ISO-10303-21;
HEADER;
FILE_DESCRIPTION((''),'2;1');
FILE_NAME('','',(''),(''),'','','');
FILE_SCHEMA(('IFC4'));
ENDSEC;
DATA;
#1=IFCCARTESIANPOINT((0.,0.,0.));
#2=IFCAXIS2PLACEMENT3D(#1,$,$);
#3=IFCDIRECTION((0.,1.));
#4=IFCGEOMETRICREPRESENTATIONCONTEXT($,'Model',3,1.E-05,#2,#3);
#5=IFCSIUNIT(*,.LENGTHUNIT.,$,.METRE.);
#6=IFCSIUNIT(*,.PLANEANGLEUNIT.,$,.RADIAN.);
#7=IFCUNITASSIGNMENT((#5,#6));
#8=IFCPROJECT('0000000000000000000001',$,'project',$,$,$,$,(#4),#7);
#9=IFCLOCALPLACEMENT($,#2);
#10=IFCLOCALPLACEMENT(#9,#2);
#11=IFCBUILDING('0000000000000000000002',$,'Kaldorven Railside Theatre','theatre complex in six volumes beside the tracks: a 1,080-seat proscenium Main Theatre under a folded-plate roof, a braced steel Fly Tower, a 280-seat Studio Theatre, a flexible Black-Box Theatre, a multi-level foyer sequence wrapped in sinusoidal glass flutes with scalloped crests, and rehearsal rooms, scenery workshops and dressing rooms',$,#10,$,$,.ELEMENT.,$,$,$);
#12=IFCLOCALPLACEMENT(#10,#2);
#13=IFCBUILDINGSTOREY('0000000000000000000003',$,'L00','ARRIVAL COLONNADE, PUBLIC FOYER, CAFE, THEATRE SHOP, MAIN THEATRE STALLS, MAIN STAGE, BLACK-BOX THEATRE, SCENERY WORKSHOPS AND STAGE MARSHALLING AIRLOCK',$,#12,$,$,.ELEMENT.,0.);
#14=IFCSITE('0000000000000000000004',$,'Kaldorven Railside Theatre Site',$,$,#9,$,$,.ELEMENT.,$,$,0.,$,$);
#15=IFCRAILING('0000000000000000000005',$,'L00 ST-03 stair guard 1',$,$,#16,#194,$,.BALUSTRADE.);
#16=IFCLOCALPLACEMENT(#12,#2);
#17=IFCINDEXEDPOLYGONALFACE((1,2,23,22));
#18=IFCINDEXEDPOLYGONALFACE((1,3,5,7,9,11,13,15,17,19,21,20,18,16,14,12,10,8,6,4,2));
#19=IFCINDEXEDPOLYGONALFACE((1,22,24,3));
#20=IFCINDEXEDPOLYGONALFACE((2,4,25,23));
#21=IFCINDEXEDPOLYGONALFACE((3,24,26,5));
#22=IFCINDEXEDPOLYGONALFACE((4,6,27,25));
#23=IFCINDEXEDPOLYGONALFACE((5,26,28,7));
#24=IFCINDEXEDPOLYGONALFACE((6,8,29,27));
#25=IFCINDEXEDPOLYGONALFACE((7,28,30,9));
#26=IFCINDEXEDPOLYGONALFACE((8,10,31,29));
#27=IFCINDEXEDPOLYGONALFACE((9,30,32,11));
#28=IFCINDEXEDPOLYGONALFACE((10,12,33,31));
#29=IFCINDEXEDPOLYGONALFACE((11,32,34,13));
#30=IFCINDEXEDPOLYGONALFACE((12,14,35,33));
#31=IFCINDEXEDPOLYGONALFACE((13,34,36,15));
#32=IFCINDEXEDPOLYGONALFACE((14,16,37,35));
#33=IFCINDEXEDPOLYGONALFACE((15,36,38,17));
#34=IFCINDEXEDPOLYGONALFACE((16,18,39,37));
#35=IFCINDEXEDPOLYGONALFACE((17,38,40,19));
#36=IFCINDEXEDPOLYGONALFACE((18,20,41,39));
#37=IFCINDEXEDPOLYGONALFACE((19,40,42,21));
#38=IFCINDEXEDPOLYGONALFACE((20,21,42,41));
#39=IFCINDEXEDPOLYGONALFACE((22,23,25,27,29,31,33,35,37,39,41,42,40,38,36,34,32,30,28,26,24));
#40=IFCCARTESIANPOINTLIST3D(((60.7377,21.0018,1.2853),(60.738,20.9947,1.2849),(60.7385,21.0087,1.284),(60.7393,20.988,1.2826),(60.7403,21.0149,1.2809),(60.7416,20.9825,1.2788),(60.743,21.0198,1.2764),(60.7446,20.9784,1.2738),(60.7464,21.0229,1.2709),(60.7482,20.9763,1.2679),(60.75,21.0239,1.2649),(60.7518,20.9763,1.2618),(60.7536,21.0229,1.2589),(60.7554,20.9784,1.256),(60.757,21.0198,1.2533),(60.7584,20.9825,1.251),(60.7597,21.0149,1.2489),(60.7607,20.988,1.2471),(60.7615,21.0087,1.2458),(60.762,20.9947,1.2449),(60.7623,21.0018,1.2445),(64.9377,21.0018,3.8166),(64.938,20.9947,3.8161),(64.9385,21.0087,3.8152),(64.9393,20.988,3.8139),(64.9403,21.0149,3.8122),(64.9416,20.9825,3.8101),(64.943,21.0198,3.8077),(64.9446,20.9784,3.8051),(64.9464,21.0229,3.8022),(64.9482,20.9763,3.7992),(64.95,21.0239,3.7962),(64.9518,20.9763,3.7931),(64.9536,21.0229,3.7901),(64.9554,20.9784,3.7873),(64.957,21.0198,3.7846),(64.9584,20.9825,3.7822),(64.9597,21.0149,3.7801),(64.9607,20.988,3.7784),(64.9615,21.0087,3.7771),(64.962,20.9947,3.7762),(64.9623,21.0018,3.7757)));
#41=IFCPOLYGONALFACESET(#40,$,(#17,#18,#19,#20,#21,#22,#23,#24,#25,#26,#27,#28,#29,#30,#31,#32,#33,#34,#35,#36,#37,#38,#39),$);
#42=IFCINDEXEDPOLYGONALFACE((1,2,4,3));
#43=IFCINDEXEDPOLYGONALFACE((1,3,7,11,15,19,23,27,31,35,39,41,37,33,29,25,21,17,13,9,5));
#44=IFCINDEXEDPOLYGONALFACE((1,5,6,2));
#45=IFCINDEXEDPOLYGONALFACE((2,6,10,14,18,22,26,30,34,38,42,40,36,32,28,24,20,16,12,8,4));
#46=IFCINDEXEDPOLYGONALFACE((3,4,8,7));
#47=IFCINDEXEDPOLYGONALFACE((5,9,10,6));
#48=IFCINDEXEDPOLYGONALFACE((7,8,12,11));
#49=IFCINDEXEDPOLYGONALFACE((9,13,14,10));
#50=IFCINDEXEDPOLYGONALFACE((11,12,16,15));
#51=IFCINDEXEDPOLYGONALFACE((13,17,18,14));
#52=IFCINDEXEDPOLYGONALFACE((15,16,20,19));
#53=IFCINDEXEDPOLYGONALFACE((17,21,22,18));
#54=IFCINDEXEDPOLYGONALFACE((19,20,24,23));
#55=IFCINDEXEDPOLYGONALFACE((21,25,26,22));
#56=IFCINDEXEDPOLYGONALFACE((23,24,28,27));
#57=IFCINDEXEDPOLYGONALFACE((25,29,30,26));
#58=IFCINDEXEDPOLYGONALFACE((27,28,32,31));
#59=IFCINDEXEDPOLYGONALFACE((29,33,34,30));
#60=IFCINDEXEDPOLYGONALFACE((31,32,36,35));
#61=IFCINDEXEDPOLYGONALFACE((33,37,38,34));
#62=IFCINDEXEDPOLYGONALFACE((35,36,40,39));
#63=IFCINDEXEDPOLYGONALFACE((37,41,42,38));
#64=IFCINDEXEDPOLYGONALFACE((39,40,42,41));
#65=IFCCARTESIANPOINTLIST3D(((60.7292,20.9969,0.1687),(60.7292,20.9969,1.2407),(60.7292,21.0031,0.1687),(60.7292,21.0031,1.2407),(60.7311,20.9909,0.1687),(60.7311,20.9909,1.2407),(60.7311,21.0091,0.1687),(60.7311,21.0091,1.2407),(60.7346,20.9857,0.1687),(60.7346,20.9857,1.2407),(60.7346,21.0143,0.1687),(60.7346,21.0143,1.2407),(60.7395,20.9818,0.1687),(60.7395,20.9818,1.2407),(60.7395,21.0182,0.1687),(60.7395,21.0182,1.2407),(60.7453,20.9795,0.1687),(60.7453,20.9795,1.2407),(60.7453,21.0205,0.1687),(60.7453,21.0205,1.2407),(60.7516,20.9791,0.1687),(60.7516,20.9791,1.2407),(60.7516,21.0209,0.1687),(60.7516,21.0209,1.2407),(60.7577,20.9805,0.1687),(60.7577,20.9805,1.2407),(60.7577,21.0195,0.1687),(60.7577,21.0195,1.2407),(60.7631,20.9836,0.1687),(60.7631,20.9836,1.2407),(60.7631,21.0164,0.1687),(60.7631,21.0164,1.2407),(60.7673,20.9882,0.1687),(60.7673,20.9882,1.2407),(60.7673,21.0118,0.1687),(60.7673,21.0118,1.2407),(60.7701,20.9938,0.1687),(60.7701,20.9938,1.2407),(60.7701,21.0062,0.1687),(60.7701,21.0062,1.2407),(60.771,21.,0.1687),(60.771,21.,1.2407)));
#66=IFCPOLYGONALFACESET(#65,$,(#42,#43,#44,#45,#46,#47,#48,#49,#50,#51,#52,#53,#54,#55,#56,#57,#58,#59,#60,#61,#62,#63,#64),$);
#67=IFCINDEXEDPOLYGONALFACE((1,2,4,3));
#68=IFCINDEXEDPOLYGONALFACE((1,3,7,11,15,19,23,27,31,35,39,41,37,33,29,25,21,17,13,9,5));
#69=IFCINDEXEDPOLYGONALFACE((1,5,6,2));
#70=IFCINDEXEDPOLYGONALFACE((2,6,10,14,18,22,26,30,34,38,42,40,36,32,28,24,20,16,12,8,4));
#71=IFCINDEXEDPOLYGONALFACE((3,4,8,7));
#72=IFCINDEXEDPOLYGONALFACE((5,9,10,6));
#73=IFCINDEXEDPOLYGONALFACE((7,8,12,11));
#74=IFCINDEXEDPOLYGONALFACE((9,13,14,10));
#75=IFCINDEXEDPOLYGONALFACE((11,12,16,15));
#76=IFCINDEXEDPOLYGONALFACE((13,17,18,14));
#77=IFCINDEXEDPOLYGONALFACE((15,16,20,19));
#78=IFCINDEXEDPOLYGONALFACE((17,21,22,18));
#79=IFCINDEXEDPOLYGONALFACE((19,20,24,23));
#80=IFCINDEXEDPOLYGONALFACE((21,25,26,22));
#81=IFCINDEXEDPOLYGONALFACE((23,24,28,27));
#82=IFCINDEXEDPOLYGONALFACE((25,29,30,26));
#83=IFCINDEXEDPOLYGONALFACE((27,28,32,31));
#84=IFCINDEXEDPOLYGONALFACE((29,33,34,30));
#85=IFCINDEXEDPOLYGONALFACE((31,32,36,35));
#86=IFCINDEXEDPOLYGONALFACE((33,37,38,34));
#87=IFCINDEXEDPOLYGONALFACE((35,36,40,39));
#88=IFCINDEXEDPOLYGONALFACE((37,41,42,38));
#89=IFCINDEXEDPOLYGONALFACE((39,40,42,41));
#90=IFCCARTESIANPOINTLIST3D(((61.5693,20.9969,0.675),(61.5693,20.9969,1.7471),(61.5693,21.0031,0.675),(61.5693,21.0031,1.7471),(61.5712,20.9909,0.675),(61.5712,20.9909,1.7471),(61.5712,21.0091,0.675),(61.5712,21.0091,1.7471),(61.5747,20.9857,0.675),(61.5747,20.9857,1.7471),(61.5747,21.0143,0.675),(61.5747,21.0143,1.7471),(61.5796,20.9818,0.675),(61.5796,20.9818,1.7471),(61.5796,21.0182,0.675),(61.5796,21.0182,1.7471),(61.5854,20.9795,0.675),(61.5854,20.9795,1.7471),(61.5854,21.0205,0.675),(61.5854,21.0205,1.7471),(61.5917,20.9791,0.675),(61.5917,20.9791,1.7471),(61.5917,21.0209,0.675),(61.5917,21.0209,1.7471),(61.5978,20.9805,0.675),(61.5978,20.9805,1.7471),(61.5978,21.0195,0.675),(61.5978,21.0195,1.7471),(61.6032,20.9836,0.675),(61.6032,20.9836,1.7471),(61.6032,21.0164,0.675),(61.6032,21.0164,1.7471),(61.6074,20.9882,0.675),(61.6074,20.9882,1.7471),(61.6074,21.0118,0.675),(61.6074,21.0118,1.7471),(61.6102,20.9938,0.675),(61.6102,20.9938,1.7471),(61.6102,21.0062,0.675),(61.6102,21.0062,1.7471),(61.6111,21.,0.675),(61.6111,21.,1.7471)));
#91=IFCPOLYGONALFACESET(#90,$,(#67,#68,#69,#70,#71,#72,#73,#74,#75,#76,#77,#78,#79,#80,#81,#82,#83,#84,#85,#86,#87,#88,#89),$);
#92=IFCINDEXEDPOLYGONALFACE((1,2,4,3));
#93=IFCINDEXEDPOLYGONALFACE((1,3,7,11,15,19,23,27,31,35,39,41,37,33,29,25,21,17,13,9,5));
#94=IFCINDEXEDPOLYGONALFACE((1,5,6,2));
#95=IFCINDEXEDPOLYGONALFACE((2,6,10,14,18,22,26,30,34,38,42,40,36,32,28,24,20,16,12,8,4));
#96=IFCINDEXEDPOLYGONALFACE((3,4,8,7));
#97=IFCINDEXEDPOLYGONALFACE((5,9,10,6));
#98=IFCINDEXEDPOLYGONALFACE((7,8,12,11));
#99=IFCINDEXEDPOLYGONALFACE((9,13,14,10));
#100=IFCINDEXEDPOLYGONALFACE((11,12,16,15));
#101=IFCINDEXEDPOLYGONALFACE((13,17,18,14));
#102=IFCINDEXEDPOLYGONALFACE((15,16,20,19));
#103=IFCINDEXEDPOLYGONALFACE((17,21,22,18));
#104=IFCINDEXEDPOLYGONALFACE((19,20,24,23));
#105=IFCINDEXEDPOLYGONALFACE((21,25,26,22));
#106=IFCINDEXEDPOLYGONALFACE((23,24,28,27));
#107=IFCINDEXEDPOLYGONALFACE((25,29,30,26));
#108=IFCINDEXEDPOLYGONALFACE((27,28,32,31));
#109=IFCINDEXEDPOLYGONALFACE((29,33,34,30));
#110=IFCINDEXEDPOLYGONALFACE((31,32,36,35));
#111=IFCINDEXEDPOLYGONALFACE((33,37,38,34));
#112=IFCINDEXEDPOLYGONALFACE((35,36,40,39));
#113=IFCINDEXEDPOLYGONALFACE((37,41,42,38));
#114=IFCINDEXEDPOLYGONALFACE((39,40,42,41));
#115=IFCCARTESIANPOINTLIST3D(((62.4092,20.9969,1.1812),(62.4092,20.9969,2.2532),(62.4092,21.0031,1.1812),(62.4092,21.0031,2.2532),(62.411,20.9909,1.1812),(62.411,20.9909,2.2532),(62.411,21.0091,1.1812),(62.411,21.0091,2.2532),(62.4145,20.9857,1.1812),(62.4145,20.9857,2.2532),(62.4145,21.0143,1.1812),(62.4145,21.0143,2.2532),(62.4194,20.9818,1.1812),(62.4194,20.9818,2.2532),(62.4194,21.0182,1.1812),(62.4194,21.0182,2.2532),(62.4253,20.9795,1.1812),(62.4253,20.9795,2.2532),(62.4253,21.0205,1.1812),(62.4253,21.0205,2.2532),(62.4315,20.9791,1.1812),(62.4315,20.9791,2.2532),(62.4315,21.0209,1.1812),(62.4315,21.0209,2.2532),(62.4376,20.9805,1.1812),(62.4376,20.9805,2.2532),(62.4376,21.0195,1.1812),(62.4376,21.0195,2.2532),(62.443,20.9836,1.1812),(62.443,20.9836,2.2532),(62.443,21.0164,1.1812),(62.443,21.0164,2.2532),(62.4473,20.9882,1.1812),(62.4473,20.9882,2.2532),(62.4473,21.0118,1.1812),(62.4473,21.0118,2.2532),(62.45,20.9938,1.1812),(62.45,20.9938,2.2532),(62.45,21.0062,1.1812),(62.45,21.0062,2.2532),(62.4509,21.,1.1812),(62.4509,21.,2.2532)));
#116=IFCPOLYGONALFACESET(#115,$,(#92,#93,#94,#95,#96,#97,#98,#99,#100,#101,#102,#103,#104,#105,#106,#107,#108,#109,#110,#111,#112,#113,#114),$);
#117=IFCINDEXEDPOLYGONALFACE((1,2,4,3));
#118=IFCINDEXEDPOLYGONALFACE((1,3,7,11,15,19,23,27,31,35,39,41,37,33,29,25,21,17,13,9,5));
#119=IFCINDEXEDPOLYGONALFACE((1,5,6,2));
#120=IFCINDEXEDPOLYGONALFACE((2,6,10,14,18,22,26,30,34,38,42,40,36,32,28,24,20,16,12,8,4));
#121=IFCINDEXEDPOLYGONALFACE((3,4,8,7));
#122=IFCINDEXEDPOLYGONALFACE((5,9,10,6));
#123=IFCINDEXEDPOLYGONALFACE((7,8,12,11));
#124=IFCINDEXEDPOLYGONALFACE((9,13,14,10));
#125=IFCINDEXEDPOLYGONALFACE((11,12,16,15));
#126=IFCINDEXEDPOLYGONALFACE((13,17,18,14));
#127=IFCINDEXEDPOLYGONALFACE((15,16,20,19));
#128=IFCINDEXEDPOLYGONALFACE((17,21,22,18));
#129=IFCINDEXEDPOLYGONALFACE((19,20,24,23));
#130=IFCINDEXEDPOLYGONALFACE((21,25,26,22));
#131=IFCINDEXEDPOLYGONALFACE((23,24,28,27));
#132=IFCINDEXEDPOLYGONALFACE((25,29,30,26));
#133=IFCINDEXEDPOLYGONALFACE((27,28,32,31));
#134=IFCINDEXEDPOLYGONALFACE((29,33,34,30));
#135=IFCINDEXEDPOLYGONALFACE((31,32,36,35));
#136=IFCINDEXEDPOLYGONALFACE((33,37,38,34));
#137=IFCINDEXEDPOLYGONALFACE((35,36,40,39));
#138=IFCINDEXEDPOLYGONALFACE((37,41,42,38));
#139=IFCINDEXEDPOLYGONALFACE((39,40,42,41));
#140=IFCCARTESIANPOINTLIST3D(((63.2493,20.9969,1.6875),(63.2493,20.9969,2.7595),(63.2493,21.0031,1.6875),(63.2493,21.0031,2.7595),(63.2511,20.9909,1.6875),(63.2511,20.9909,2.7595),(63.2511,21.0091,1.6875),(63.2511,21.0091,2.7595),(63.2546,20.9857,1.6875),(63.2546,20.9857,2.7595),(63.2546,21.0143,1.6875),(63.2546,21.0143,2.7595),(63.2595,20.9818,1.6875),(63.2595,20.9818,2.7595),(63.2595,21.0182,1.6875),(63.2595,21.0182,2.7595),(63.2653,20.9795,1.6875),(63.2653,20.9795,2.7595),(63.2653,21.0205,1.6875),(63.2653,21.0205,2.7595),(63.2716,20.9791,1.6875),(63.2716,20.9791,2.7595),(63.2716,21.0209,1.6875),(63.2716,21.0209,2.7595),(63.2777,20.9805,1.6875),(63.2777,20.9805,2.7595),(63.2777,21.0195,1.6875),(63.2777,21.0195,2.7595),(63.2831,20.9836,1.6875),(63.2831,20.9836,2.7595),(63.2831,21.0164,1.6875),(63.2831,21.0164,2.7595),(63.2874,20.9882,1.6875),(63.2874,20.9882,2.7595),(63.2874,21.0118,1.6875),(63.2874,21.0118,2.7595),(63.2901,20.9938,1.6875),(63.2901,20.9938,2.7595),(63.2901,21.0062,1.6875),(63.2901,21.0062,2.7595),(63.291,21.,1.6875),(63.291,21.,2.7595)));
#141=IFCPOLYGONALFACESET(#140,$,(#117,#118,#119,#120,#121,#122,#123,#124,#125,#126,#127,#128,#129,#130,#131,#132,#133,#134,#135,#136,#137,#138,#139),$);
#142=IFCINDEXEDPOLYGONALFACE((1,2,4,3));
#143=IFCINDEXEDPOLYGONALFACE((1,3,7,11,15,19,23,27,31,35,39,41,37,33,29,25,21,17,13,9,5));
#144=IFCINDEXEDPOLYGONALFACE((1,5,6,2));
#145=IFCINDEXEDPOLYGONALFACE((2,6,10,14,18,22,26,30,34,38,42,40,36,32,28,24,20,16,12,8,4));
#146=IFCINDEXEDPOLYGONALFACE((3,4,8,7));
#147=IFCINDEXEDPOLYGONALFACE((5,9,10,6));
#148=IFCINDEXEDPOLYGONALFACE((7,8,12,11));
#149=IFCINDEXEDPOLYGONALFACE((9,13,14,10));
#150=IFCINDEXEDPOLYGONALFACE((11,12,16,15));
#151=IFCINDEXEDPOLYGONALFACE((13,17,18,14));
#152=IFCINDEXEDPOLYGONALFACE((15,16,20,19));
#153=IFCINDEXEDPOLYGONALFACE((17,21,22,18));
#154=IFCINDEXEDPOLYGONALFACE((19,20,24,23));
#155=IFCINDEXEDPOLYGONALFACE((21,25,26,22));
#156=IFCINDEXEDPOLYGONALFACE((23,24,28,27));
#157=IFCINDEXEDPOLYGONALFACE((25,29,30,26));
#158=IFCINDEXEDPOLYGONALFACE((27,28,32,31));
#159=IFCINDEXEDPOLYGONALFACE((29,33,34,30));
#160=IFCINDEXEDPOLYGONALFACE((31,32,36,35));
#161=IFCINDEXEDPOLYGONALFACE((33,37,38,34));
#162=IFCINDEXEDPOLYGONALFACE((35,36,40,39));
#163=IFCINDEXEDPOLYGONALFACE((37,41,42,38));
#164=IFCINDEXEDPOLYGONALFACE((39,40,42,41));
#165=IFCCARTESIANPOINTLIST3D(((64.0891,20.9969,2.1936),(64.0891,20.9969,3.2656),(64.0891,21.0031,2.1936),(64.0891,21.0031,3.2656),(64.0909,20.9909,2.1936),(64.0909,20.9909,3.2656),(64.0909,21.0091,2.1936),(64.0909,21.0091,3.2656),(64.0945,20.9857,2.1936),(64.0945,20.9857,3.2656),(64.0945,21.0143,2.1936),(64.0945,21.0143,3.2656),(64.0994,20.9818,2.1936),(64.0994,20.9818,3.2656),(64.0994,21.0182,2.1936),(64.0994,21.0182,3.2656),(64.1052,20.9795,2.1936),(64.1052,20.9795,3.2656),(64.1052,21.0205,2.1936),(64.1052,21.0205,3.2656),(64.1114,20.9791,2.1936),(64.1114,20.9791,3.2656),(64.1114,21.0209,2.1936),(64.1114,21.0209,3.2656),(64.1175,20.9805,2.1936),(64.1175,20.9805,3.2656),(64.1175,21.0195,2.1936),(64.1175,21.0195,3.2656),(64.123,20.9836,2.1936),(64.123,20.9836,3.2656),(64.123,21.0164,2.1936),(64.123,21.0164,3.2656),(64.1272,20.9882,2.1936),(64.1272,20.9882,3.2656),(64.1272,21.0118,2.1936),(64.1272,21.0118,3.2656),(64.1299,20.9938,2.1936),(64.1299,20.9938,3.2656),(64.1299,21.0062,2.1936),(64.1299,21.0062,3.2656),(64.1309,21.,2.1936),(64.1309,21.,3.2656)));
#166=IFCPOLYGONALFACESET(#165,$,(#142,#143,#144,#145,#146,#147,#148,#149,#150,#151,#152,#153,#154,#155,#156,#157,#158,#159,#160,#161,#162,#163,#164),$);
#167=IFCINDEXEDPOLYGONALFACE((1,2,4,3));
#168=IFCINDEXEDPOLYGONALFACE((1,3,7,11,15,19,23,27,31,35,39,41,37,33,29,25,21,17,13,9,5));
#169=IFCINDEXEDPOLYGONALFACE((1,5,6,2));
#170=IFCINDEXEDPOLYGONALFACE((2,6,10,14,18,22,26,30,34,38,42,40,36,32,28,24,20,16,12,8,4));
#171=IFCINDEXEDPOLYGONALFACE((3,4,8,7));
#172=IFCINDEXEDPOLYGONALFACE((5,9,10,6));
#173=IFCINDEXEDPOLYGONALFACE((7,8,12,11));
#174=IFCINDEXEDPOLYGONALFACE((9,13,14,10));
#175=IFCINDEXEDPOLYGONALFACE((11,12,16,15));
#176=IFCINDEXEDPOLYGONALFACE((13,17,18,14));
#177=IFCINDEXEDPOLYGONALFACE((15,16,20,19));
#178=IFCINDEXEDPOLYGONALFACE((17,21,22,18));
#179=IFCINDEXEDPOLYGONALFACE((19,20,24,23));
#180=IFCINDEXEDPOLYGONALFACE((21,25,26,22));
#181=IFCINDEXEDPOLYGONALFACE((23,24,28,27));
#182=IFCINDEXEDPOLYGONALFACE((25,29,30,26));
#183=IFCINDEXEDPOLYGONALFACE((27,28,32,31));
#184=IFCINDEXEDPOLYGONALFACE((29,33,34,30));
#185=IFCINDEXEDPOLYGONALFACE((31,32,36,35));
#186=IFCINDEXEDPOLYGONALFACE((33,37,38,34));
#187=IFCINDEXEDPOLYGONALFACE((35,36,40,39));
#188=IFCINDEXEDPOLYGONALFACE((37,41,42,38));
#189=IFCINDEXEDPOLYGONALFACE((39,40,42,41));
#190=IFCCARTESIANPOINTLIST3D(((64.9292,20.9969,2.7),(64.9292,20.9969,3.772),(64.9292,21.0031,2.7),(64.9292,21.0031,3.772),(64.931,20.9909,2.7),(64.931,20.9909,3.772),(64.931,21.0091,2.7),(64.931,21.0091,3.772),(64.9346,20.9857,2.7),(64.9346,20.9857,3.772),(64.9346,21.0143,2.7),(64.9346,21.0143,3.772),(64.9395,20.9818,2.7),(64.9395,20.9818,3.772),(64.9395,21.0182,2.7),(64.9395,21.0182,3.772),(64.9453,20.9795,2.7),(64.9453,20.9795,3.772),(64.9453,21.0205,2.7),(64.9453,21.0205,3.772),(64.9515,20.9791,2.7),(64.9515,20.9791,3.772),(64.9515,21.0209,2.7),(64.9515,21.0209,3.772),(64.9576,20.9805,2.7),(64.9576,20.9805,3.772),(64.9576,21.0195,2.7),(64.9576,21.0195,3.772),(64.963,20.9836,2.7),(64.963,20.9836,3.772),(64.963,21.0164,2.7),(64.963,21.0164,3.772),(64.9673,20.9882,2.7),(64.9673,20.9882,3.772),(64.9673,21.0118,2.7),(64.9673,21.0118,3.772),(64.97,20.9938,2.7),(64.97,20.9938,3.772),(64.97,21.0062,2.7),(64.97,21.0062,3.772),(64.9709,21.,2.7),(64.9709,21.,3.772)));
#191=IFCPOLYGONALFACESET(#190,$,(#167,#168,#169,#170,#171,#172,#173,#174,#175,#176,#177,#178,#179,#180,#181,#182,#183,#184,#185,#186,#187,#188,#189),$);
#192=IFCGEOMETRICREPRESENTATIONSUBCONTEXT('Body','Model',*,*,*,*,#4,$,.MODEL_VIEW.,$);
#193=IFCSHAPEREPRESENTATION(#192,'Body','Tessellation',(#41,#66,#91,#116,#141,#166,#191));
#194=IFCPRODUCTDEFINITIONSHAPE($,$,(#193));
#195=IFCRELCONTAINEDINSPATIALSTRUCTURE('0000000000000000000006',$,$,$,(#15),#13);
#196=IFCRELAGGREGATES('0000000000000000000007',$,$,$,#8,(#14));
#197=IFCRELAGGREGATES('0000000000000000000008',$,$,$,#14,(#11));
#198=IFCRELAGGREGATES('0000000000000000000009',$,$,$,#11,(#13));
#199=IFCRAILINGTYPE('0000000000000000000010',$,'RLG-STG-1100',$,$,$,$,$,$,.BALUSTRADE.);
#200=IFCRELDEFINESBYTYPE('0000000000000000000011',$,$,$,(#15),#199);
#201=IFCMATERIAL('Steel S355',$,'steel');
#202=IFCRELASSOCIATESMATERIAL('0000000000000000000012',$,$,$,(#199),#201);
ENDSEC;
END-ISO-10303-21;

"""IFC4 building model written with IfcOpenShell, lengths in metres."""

from ifc_helpers import new_model, si_unit, direction, frame, origin, origin_2d, place, context, subcontext, project, spatial, circle, extrude, material, type_object, element, save


model = new_model("IFC4")

# Units and contexts
model_context = context("Model", 3, precision=1e-05, world=origin(), true_north=direction((0.0, 1.0)))
body_context = subcontext(model_context, "Body", "Model", "MODEL_VIEW")
ifc_project = project(units=[si_unit("LENGTHUNIT", "METRE"), si_unit("PLANEANGLEUNIT", "RADIAN")], contexts=[model_context])

# Site, building, storey
site_placement = place(None, origin())
site = spatial("IfcSite", under=ifc_project, at=site_placement, Name="Kaldorven Railside Theatre Site", CompositionType="ELEMENT", RefElevation=0.0)
building_placement = place(site_placement, origin())
building = spatial("IfcBuilding", under=site, at=building_placement, Name="Kaldorven Railside Theatre", Description="theatre complex in six volumes beside the tracks: a 1,080-seat proscenium Main Theatre under a folded-plate roof, a braced steel Fly Tower, a 280-seat Studio Theatre, a flexible Black-Box Theatre, a multi-level foyer sequence wrapped in sinusoidal glass flutes with scalloped crests, and rehearsal rooms, scenery workshops and dressing rooms", CompositionType="ELEMENT")
storey_placement = place(building_placement, origin())
storey = spatial("IfcBuildingStorey", under=building, at=storey_placement, Name="L00", Description="ARRIVAL COLONNADE, PUBLIC FOYER, CAFE, THEATRE SHOP, MAIN THEATRE STALLS, MAIN STAGE, BLACK-BOX THEATRE, SCENERY WORKSHOPS AND STAGE MARSHALLING AIRLOCK", CompositionType="ELEMENT", Elevation=0.0)

# Shared definitions
ifc_material_1 = material(Name="Steel S355", Category="steel")

# Railing
railing_type_1 = type_object("IfcRailingType", Name="RLG-STG-1100", PredefinedType="BALUSTRADE", material=ifc_material_1)
railing_1_placement = place(storey_placement, frame((60.75, 21.0, 0.1687)))
element("IfcRailing", 1, at=railing_1_placement, inside=storey, type_object=railing_type_1, Name="L00 ST-03 stair guard 1", PredefinedType="BALUSTRADE", context=body_context, shape_type="SweptSolid", body=[
    extrude(circle(Radius=0.0239, at=origin_2d()), frame((0.0, 0.0, 1.0962), z_axis=(0.856476, 0.0, 0.516186), x_axis=(0.0, 1.0, 0.0)), (0.0, 0.0, 1.0), 4.9038),
    extrude(circle(Radius=0.021, at=origin_2d()), origin(), (0.0, 0.0, 1.0), 1.072),
    extrude(circle(Radius=0.021, at=origin_2d()), frame((0.8401, 0.0, 0.5063)), (0.0, 0.0, 1.0), 1.072),
    extrude(circle(Radius=0.021, at=origin_2d()), frame((1.6799, 0.0, 1.0125)), (0.0, 0.0, 1.0), 1.072),
    extrude(circle(Radius=0.021, at=origin_2d()), frame((2.52, 0.0, 1.5188)), (0.0, 0.0, 1.0), 1.072),
    extrude(circle(Radius=0.021, at=origin_2d()), frame((3.3599, 0.0, 2.0249)), (0.0, 0.0, 1.0), 1.072),
    extrude(circle(Radius=0.021, at=origin_2d()), frame((4.2, 0.0, 2.5312)), (0.0, 0.0, 1.0), 1.072),
])

save(model, "model.ifc")
